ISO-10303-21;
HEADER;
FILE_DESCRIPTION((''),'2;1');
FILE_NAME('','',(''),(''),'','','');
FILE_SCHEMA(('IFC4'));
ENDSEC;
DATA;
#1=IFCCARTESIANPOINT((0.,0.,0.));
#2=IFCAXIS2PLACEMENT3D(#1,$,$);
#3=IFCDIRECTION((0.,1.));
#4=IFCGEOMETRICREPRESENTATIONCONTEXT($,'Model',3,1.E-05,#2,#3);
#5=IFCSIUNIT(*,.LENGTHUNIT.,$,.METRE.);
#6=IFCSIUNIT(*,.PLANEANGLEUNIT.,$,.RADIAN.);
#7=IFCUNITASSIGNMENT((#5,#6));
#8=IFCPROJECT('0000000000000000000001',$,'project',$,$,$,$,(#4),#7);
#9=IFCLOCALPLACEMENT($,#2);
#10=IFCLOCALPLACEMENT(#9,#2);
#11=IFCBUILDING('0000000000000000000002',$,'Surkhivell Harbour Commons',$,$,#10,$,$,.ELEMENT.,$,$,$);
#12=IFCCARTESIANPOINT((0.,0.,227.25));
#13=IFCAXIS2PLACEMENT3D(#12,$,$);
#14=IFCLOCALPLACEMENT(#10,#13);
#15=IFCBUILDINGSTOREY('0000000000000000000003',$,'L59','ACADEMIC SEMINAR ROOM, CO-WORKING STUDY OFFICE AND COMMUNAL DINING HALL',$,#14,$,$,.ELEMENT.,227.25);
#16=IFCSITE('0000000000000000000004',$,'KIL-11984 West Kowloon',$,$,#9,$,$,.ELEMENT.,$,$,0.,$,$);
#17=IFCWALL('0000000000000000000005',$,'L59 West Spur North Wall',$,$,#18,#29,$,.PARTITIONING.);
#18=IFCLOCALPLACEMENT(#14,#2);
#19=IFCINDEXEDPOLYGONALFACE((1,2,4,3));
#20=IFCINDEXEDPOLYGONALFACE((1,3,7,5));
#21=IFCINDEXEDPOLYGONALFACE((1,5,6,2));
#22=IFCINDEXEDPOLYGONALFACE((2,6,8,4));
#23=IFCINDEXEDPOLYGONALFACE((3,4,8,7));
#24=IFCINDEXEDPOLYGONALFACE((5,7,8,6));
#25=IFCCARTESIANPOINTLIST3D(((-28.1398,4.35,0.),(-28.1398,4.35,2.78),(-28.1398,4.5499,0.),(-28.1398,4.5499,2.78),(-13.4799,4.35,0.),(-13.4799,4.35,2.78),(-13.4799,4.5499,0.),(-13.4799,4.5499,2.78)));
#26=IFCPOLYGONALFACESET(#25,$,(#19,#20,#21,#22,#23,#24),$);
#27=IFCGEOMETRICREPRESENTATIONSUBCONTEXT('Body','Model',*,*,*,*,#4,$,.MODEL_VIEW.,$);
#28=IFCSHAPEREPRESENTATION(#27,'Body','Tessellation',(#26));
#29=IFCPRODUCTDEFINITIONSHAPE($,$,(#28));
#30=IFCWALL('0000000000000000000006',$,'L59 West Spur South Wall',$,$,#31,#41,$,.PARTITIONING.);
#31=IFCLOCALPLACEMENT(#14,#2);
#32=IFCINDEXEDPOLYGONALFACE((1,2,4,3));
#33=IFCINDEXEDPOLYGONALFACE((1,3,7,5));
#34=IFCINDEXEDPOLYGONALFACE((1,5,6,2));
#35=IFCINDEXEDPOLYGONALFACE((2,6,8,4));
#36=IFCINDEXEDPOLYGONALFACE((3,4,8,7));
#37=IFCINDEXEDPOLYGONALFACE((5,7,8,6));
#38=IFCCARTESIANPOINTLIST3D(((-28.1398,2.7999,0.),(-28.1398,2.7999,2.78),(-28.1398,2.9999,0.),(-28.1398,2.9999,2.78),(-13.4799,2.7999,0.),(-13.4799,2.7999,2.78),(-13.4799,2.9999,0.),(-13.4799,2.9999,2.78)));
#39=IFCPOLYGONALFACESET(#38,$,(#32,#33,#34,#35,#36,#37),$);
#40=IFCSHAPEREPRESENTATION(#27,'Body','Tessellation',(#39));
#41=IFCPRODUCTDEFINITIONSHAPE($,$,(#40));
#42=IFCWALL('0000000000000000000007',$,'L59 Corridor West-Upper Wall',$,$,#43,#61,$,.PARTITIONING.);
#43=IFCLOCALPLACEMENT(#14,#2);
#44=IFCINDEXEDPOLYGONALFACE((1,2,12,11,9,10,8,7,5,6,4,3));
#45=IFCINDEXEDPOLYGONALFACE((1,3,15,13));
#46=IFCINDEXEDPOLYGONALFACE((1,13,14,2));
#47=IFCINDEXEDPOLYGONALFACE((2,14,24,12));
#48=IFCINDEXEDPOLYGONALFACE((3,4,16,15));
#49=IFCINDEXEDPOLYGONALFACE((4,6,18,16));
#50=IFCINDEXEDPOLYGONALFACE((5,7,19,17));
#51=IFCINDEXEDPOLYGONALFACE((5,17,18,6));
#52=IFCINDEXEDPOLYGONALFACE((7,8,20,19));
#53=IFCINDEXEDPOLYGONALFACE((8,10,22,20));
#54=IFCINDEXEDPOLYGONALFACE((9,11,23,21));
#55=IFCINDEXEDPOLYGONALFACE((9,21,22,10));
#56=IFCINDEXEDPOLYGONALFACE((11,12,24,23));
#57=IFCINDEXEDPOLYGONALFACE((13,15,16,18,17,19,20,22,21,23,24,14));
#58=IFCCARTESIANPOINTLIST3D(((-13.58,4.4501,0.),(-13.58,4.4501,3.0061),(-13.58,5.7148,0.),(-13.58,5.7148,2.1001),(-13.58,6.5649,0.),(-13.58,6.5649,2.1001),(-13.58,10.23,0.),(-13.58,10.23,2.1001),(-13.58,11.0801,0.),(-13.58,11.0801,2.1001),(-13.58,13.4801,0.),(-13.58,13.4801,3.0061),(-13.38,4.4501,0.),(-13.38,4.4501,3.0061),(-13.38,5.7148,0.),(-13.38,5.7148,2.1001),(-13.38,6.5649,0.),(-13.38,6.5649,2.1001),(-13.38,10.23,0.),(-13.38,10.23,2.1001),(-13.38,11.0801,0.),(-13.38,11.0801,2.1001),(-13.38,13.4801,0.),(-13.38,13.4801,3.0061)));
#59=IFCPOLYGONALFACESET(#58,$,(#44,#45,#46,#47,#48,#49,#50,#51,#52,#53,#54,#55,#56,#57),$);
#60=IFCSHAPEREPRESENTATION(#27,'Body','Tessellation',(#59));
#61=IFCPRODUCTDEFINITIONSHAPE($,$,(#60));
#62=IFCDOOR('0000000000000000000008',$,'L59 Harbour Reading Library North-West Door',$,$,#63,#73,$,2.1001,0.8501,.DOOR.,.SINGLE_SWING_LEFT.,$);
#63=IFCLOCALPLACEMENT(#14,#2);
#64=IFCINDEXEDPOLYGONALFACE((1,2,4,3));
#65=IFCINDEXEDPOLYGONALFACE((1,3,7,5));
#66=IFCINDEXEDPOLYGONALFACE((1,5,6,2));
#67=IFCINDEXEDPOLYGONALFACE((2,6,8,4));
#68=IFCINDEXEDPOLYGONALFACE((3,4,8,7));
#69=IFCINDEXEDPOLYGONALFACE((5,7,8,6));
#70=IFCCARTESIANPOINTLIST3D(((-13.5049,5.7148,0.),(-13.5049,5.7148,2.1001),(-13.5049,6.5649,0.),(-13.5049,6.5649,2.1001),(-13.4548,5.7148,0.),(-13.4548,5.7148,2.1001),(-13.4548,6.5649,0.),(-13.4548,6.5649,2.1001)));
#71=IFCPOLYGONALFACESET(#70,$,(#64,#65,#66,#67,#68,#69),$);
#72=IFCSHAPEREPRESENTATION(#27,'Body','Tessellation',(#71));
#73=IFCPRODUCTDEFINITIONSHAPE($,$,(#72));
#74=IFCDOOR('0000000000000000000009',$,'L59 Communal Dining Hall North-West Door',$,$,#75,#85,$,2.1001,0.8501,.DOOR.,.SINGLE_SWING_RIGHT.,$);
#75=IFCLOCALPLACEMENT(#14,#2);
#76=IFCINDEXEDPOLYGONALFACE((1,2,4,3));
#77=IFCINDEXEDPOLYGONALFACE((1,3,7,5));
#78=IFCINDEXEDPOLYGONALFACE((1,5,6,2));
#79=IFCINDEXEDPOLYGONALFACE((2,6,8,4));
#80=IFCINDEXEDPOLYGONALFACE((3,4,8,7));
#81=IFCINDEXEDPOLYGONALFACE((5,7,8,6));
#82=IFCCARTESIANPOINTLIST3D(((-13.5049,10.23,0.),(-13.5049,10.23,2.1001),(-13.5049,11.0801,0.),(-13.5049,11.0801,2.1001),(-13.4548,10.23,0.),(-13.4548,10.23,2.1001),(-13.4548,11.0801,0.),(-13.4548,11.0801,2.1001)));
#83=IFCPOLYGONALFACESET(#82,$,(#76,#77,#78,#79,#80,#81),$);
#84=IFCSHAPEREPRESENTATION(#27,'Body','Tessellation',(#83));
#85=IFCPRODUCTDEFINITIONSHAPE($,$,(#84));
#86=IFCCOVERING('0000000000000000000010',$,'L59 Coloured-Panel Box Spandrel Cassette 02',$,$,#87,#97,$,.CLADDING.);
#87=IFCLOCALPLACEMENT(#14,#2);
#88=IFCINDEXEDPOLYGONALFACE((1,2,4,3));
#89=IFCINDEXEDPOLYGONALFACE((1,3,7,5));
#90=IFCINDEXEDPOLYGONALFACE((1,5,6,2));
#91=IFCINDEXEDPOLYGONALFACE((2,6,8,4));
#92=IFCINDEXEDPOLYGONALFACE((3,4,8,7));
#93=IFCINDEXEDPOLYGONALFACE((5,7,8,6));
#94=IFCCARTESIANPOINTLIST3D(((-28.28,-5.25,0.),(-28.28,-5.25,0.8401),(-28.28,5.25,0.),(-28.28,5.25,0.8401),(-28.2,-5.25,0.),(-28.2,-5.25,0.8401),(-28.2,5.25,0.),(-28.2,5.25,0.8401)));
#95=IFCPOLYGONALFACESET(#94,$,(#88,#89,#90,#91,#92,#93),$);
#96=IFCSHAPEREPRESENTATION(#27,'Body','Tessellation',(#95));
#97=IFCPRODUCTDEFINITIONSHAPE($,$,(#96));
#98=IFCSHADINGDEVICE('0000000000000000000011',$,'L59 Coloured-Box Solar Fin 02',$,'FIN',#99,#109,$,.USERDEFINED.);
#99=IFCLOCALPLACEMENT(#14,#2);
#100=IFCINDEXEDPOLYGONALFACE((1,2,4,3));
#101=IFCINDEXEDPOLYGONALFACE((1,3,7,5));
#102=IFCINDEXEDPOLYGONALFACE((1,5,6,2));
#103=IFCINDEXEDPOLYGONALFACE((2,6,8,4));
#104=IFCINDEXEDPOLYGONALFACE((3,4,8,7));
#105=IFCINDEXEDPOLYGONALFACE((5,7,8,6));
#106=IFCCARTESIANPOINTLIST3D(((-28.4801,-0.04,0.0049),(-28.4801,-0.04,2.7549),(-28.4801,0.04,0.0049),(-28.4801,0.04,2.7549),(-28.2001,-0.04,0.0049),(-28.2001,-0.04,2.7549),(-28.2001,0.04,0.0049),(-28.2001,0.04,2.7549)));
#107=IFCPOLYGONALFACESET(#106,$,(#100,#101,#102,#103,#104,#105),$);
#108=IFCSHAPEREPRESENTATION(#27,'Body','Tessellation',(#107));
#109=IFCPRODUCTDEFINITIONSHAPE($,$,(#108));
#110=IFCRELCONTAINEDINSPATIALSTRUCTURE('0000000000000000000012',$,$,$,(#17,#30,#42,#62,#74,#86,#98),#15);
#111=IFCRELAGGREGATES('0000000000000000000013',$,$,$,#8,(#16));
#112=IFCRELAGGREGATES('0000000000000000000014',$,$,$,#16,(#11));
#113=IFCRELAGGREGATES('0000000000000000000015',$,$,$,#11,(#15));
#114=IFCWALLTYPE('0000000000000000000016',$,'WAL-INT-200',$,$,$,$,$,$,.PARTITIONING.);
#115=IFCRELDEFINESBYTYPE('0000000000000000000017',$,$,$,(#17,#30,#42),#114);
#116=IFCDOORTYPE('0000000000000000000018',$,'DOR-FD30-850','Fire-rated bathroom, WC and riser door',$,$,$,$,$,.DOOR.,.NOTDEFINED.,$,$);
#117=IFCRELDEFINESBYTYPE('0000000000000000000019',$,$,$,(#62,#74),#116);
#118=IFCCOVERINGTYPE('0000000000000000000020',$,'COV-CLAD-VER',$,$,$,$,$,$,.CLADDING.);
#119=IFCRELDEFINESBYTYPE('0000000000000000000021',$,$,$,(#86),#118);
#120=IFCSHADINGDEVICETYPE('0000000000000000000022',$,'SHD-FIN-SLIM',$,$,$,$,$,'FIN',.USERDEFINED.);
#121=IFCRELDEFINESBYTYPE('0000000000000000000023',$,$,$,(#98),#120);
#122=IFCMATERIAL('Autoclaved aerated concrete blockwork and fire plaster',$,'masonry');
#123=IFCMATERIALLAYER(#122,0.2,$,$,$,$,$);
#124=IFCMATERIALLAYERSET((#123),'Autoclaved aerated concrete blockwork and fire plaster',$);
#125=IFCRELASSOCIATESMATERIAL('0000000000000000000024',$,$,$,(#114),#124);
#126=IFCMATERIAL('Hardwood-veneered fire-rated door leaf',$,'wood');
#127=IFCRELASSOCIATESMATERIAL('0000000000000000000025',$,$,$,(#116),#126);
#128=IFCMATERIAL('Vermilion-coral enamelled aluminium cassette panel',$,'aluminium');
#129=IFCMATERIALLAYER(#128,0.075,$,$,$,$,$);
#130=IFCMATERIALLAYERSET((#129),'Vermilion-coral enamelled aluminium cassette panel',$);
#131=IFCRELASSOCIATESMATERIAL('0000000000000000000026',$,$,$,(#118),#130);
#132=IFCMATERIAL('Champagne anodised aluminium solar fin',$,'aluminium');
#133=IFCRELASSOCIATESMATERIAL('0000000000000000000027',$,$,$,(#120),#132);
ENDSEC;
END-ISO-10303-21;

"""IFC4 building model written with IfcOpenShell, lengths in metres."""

from ifc_helpers import new_model, si_unit, direction, frame, frame_2d, origin, origin_2d, place, context, subcontext, project, spatial, rectangle, extrude, material, layer, layer_set, type_object, element, fill, save


model = new_model("IFC4")

# Units and contexts
model_context = context("Model", 3, precision=1e-05, world=origin(), true_north=direction((0.0, 1.0)))
body_context = subcontext(model_context, "Body", "Model", "MODEL_VIEW")
ifc_project = project(units=[si_unit("LENGTHUNIT", "METRE"), si_unit("PLANEANGLEUNIT", "RADIAN")], contexts=[model_context])

# Site, building, storey
site_placement = place(None, origin())
site = spatial("IfcSite", under=ifc_project, at=site_placement, Name="KIL-11984 West Kowloon", CompositionType="ELEMENT", RefElevation=0.0)
building_placement = place(site_placement, origin())
building = spatial("IfcBuilding", under=site, at=building_placement, Name="Surkhivell Harbour Commons", CompositionType="ELEMENT")
storey_placement = place(building_placement, frame((0.0, 0.0, 227.25)))
storey = spatial("IfcBuildingStorey", under=building, at=storey_placement, Name="L59", Description="ACADEMIC SEMINAR ROOM, CO-WORKING STUDY OFFICE AND COMMUNAL DINING HALL", CompositionType="ELEMENT", Elevation=227.25)

# Walls
ifc_material_1 = material(Name="Autoclaved aerated concrete blockwork and fire plaster", Category="masonry")
ifc_layer_1 = layer(ifc_material_1, 0.2)
ifc_layer_set_1 = layer_set([ifc_layer_1], Name="Autoclaved aerated concrete blockwork and fire plaster")
wall_type_1 = type_object("IfcWallType", Name="WAL-INT-200", PredefinedType="PARTITIONING", material=ifc_layer_set_1)
for number, where, z_axis, x_axis, name in (
    (1, (-28.1399, 4.45, 0.0), (0.0, 0.0, 1.0), (1.0, 0.0, 0.0), "L59 West Spur North Wall"),
    (2, (-28.1399, 2.8999, 0.0), (0.0, 0.0, 1.0), (1.0, 0.0, 0.0), "L59 West Spur South Wall"),
):
    element("IfcWall", number, at=place(storey_placement, frame(where, z_axis=z_axis, x_axis=x_axis)), inside=storey, type_object=wall_type_1, Name=name, PredefinedType="PARTITIONING", context=body_context, shape_type="SweptSolid", body=[
        extrude(rectangle(XDim=14.6599, YDim=0.2, at=frame_2d((7.3301, 0.0))), origin(), (0.0, 0.0, 1.0), 2.78),
    ])

# Wall, openings, doors
wall_1_placement = place(storey_placement, frame((-13.48, 4.45, 0.0), z_axis=(0.0, 0.0, 1.0), x_axis=(0.0, 1.0, 0.0)))
wall_1 = element("IfcWall", 3, at=wall_1_placement, inside=storey, type_object=wall_type_1, Name="L59 Corridor West-Upper Wall", PredefinedType="PARTITIONING", context=body_context, shape_type="SweptSolid", body=[
    extrude(rectangle(XDim=9.03, YDim=0.2, at=frame_2d((4.5151, 0.0))), origin(), (0.0, 0.0, 1.0), 3.0061),
])
opening_1_placement = place(wall_1_placement, frame((1.2649, 0.0, 0.0)))
opening_1 = element("IfcOpeningElement", 4, at=opening_1_placement, cuts=wall_1, PredefinedType="OPENING", context=body_context, shape_type="SweptSolid", body=[
    extrude(rectangle(XDim=0.8501, YDim=2.1001, at=frame_2d((0.425, 1.05))), frame((0.0, 0.1099, 0.0), z_axis=(0.0, -1.0, 0.0), x_axis=(1.0, 0.0, 0.0)), (0.0, 0.0, 1.0), 0.22),
])
opening_2_placement = place(wall_1_placement, frame((5.78, 0.0, 0.0)))
opening_2 = element("IfcOpeningElement", 5, at=opening_2_placement, cuts=wall_1, PredefinedType="OPENING", context=body_context, shape_type="SweptSolid", body=[
    extrude(rectangle(XDim=0.8501, YDim=2.1001, at=frame_2d((0.425, 1.05))), frame((0.0, 0.1099, 0.0), z_axis=(0.0, -1.0, 0.0), x_axis=(1.0, 0.0, 0.0)), (0.0, 0.0, 1.0), 0.22),
])
ifc_material_2 = material(Name="Hardwood-veneered fire-rated door leaf", Category="wood")
door_type = type_object("IfcDoorType", Name="DOR-FD30-850", Description="Fire-rated bathroom, WC and riser door", OperationType="NOTDEFINED", PredefinedType="DOOR", material=ifc_material_2)
door_1_placement = place(opening_1_placement, origin())
door_1 = element("IfcDoor", 6, at=door_1_placement, inside=storey, type_object=door_type, Name="L59 Harbour Reading Library North-West Door", OperationType="SINGLE_SWING_LEFT", OverallHeight=2.1001, OverallWidth=0.8501, PredefinedType="DOOR", context=body_context, shape_type="SweptSolid", body=[
    extrude(rectangle(XDim=0.8501, YDim=2.1001, at=frame_2d((0.425, 1.05))), frame((0.0, 0.0249, 0.0), z_axis=(0.0, -1.0, 0.0), x_axis=(1.0, 0.0, 0.0)), (0.0, 0.0, 1.0), 0.05),
])
fill(opening_1, door_1)
door_2_placement = place(opening_2_placement, origin())
door_2 = element("IfcDoor", 7, at=door_2_placement, inside=storey, type_object=door_type, Name="L59 Communal Dining Hall North-West Door", OperationType="SINGLE_SWING_RIGHT", OverallHeight=2.1001, OverallWidth=0.8501, PredefinedType="DOOR", context=body_context, shape_type="SweptSolid", body=[
    extrude(rectangle(XDim=0.8501, YDim=2.1001, at=frame_2d((0.425, 1.05))), frame((0.0, 0.0249, 0.0), z_axis=(0.0, -1.0, 0.0), x_axis=(1.0, 0.0, 0.0)), (0.0, 0.0, 1.0), 0.05),
])
fill(opening_2, door_2)

# Covering
ifc_material_3 = material(Name="Vermilion-coral enamelled aluminium cassette panel", Category="aluminium")
ifc_layer_2 = layer(ifc_material_3, 0.075)
ifc_layer_set_2 = layer_set([ifc_layer_2], Name="Vermilion-coral enamelled aluminium cassette panel")
covering_type = type_object("IfcCoveringType", Name="COV-CLAD-VER", PredefinedType="CLADDING", material=ifc_layer_set_2)
covering_placement = place(storey_placement, frame((-28.24, 0.0, 0.0), z_axis=(0.0, 0.0, 1.0), x_axis=(1.0, 0.0, 0.0)))
element("IfcCovering", 8, at=covering_placement, inside=storey, type_object=covering_type, Name="L59 Coloured-Panel Box Spandrel Cassette 02", PredefinedType="CLADDING", context=body_context, shape_type="SweptSolid", body=[
    extrude(rectangle(XDim=0.0801, YDim=10.5, at=origin_2d()), origin(), (0.0, 0.0, 1.0), 0.8401),
])

# Shading device
ifc_material_4 = material(Name="Champagne anodised aluminium solar fin", Category="aluminium")
shading_device_type = type_object("IfcShadingDeviceType", Name="SHD-FIN-SLIM", ElementType="FIN", PredefinedType="USERDEFINED", material=ifc_material_4)
shading_device_placement = place(storey_placement, frame((-28.3401, 0.0, 0.0049), z_axis=(0.0, 0.0, 1.0), x_axis=(1.0, 0.0, 0.0)))
element("IfcShadingDevice", 9, at=shading_device_placement, inside=storey, type_object=shading_device_type, Name="L59 Coloured-Box Solar Fin 02", ObjectType="FIN", PredefinedType="USERDEFINED", context=body_context, shape_type="SweptSolid", body=[
    extrude(rectangle(XDim=0.28, YDim=0.0801, at=origin_2d()), origin(), (0.0, 0.0, 1.0), 2.75),
])

save(model, "model.ifc")
